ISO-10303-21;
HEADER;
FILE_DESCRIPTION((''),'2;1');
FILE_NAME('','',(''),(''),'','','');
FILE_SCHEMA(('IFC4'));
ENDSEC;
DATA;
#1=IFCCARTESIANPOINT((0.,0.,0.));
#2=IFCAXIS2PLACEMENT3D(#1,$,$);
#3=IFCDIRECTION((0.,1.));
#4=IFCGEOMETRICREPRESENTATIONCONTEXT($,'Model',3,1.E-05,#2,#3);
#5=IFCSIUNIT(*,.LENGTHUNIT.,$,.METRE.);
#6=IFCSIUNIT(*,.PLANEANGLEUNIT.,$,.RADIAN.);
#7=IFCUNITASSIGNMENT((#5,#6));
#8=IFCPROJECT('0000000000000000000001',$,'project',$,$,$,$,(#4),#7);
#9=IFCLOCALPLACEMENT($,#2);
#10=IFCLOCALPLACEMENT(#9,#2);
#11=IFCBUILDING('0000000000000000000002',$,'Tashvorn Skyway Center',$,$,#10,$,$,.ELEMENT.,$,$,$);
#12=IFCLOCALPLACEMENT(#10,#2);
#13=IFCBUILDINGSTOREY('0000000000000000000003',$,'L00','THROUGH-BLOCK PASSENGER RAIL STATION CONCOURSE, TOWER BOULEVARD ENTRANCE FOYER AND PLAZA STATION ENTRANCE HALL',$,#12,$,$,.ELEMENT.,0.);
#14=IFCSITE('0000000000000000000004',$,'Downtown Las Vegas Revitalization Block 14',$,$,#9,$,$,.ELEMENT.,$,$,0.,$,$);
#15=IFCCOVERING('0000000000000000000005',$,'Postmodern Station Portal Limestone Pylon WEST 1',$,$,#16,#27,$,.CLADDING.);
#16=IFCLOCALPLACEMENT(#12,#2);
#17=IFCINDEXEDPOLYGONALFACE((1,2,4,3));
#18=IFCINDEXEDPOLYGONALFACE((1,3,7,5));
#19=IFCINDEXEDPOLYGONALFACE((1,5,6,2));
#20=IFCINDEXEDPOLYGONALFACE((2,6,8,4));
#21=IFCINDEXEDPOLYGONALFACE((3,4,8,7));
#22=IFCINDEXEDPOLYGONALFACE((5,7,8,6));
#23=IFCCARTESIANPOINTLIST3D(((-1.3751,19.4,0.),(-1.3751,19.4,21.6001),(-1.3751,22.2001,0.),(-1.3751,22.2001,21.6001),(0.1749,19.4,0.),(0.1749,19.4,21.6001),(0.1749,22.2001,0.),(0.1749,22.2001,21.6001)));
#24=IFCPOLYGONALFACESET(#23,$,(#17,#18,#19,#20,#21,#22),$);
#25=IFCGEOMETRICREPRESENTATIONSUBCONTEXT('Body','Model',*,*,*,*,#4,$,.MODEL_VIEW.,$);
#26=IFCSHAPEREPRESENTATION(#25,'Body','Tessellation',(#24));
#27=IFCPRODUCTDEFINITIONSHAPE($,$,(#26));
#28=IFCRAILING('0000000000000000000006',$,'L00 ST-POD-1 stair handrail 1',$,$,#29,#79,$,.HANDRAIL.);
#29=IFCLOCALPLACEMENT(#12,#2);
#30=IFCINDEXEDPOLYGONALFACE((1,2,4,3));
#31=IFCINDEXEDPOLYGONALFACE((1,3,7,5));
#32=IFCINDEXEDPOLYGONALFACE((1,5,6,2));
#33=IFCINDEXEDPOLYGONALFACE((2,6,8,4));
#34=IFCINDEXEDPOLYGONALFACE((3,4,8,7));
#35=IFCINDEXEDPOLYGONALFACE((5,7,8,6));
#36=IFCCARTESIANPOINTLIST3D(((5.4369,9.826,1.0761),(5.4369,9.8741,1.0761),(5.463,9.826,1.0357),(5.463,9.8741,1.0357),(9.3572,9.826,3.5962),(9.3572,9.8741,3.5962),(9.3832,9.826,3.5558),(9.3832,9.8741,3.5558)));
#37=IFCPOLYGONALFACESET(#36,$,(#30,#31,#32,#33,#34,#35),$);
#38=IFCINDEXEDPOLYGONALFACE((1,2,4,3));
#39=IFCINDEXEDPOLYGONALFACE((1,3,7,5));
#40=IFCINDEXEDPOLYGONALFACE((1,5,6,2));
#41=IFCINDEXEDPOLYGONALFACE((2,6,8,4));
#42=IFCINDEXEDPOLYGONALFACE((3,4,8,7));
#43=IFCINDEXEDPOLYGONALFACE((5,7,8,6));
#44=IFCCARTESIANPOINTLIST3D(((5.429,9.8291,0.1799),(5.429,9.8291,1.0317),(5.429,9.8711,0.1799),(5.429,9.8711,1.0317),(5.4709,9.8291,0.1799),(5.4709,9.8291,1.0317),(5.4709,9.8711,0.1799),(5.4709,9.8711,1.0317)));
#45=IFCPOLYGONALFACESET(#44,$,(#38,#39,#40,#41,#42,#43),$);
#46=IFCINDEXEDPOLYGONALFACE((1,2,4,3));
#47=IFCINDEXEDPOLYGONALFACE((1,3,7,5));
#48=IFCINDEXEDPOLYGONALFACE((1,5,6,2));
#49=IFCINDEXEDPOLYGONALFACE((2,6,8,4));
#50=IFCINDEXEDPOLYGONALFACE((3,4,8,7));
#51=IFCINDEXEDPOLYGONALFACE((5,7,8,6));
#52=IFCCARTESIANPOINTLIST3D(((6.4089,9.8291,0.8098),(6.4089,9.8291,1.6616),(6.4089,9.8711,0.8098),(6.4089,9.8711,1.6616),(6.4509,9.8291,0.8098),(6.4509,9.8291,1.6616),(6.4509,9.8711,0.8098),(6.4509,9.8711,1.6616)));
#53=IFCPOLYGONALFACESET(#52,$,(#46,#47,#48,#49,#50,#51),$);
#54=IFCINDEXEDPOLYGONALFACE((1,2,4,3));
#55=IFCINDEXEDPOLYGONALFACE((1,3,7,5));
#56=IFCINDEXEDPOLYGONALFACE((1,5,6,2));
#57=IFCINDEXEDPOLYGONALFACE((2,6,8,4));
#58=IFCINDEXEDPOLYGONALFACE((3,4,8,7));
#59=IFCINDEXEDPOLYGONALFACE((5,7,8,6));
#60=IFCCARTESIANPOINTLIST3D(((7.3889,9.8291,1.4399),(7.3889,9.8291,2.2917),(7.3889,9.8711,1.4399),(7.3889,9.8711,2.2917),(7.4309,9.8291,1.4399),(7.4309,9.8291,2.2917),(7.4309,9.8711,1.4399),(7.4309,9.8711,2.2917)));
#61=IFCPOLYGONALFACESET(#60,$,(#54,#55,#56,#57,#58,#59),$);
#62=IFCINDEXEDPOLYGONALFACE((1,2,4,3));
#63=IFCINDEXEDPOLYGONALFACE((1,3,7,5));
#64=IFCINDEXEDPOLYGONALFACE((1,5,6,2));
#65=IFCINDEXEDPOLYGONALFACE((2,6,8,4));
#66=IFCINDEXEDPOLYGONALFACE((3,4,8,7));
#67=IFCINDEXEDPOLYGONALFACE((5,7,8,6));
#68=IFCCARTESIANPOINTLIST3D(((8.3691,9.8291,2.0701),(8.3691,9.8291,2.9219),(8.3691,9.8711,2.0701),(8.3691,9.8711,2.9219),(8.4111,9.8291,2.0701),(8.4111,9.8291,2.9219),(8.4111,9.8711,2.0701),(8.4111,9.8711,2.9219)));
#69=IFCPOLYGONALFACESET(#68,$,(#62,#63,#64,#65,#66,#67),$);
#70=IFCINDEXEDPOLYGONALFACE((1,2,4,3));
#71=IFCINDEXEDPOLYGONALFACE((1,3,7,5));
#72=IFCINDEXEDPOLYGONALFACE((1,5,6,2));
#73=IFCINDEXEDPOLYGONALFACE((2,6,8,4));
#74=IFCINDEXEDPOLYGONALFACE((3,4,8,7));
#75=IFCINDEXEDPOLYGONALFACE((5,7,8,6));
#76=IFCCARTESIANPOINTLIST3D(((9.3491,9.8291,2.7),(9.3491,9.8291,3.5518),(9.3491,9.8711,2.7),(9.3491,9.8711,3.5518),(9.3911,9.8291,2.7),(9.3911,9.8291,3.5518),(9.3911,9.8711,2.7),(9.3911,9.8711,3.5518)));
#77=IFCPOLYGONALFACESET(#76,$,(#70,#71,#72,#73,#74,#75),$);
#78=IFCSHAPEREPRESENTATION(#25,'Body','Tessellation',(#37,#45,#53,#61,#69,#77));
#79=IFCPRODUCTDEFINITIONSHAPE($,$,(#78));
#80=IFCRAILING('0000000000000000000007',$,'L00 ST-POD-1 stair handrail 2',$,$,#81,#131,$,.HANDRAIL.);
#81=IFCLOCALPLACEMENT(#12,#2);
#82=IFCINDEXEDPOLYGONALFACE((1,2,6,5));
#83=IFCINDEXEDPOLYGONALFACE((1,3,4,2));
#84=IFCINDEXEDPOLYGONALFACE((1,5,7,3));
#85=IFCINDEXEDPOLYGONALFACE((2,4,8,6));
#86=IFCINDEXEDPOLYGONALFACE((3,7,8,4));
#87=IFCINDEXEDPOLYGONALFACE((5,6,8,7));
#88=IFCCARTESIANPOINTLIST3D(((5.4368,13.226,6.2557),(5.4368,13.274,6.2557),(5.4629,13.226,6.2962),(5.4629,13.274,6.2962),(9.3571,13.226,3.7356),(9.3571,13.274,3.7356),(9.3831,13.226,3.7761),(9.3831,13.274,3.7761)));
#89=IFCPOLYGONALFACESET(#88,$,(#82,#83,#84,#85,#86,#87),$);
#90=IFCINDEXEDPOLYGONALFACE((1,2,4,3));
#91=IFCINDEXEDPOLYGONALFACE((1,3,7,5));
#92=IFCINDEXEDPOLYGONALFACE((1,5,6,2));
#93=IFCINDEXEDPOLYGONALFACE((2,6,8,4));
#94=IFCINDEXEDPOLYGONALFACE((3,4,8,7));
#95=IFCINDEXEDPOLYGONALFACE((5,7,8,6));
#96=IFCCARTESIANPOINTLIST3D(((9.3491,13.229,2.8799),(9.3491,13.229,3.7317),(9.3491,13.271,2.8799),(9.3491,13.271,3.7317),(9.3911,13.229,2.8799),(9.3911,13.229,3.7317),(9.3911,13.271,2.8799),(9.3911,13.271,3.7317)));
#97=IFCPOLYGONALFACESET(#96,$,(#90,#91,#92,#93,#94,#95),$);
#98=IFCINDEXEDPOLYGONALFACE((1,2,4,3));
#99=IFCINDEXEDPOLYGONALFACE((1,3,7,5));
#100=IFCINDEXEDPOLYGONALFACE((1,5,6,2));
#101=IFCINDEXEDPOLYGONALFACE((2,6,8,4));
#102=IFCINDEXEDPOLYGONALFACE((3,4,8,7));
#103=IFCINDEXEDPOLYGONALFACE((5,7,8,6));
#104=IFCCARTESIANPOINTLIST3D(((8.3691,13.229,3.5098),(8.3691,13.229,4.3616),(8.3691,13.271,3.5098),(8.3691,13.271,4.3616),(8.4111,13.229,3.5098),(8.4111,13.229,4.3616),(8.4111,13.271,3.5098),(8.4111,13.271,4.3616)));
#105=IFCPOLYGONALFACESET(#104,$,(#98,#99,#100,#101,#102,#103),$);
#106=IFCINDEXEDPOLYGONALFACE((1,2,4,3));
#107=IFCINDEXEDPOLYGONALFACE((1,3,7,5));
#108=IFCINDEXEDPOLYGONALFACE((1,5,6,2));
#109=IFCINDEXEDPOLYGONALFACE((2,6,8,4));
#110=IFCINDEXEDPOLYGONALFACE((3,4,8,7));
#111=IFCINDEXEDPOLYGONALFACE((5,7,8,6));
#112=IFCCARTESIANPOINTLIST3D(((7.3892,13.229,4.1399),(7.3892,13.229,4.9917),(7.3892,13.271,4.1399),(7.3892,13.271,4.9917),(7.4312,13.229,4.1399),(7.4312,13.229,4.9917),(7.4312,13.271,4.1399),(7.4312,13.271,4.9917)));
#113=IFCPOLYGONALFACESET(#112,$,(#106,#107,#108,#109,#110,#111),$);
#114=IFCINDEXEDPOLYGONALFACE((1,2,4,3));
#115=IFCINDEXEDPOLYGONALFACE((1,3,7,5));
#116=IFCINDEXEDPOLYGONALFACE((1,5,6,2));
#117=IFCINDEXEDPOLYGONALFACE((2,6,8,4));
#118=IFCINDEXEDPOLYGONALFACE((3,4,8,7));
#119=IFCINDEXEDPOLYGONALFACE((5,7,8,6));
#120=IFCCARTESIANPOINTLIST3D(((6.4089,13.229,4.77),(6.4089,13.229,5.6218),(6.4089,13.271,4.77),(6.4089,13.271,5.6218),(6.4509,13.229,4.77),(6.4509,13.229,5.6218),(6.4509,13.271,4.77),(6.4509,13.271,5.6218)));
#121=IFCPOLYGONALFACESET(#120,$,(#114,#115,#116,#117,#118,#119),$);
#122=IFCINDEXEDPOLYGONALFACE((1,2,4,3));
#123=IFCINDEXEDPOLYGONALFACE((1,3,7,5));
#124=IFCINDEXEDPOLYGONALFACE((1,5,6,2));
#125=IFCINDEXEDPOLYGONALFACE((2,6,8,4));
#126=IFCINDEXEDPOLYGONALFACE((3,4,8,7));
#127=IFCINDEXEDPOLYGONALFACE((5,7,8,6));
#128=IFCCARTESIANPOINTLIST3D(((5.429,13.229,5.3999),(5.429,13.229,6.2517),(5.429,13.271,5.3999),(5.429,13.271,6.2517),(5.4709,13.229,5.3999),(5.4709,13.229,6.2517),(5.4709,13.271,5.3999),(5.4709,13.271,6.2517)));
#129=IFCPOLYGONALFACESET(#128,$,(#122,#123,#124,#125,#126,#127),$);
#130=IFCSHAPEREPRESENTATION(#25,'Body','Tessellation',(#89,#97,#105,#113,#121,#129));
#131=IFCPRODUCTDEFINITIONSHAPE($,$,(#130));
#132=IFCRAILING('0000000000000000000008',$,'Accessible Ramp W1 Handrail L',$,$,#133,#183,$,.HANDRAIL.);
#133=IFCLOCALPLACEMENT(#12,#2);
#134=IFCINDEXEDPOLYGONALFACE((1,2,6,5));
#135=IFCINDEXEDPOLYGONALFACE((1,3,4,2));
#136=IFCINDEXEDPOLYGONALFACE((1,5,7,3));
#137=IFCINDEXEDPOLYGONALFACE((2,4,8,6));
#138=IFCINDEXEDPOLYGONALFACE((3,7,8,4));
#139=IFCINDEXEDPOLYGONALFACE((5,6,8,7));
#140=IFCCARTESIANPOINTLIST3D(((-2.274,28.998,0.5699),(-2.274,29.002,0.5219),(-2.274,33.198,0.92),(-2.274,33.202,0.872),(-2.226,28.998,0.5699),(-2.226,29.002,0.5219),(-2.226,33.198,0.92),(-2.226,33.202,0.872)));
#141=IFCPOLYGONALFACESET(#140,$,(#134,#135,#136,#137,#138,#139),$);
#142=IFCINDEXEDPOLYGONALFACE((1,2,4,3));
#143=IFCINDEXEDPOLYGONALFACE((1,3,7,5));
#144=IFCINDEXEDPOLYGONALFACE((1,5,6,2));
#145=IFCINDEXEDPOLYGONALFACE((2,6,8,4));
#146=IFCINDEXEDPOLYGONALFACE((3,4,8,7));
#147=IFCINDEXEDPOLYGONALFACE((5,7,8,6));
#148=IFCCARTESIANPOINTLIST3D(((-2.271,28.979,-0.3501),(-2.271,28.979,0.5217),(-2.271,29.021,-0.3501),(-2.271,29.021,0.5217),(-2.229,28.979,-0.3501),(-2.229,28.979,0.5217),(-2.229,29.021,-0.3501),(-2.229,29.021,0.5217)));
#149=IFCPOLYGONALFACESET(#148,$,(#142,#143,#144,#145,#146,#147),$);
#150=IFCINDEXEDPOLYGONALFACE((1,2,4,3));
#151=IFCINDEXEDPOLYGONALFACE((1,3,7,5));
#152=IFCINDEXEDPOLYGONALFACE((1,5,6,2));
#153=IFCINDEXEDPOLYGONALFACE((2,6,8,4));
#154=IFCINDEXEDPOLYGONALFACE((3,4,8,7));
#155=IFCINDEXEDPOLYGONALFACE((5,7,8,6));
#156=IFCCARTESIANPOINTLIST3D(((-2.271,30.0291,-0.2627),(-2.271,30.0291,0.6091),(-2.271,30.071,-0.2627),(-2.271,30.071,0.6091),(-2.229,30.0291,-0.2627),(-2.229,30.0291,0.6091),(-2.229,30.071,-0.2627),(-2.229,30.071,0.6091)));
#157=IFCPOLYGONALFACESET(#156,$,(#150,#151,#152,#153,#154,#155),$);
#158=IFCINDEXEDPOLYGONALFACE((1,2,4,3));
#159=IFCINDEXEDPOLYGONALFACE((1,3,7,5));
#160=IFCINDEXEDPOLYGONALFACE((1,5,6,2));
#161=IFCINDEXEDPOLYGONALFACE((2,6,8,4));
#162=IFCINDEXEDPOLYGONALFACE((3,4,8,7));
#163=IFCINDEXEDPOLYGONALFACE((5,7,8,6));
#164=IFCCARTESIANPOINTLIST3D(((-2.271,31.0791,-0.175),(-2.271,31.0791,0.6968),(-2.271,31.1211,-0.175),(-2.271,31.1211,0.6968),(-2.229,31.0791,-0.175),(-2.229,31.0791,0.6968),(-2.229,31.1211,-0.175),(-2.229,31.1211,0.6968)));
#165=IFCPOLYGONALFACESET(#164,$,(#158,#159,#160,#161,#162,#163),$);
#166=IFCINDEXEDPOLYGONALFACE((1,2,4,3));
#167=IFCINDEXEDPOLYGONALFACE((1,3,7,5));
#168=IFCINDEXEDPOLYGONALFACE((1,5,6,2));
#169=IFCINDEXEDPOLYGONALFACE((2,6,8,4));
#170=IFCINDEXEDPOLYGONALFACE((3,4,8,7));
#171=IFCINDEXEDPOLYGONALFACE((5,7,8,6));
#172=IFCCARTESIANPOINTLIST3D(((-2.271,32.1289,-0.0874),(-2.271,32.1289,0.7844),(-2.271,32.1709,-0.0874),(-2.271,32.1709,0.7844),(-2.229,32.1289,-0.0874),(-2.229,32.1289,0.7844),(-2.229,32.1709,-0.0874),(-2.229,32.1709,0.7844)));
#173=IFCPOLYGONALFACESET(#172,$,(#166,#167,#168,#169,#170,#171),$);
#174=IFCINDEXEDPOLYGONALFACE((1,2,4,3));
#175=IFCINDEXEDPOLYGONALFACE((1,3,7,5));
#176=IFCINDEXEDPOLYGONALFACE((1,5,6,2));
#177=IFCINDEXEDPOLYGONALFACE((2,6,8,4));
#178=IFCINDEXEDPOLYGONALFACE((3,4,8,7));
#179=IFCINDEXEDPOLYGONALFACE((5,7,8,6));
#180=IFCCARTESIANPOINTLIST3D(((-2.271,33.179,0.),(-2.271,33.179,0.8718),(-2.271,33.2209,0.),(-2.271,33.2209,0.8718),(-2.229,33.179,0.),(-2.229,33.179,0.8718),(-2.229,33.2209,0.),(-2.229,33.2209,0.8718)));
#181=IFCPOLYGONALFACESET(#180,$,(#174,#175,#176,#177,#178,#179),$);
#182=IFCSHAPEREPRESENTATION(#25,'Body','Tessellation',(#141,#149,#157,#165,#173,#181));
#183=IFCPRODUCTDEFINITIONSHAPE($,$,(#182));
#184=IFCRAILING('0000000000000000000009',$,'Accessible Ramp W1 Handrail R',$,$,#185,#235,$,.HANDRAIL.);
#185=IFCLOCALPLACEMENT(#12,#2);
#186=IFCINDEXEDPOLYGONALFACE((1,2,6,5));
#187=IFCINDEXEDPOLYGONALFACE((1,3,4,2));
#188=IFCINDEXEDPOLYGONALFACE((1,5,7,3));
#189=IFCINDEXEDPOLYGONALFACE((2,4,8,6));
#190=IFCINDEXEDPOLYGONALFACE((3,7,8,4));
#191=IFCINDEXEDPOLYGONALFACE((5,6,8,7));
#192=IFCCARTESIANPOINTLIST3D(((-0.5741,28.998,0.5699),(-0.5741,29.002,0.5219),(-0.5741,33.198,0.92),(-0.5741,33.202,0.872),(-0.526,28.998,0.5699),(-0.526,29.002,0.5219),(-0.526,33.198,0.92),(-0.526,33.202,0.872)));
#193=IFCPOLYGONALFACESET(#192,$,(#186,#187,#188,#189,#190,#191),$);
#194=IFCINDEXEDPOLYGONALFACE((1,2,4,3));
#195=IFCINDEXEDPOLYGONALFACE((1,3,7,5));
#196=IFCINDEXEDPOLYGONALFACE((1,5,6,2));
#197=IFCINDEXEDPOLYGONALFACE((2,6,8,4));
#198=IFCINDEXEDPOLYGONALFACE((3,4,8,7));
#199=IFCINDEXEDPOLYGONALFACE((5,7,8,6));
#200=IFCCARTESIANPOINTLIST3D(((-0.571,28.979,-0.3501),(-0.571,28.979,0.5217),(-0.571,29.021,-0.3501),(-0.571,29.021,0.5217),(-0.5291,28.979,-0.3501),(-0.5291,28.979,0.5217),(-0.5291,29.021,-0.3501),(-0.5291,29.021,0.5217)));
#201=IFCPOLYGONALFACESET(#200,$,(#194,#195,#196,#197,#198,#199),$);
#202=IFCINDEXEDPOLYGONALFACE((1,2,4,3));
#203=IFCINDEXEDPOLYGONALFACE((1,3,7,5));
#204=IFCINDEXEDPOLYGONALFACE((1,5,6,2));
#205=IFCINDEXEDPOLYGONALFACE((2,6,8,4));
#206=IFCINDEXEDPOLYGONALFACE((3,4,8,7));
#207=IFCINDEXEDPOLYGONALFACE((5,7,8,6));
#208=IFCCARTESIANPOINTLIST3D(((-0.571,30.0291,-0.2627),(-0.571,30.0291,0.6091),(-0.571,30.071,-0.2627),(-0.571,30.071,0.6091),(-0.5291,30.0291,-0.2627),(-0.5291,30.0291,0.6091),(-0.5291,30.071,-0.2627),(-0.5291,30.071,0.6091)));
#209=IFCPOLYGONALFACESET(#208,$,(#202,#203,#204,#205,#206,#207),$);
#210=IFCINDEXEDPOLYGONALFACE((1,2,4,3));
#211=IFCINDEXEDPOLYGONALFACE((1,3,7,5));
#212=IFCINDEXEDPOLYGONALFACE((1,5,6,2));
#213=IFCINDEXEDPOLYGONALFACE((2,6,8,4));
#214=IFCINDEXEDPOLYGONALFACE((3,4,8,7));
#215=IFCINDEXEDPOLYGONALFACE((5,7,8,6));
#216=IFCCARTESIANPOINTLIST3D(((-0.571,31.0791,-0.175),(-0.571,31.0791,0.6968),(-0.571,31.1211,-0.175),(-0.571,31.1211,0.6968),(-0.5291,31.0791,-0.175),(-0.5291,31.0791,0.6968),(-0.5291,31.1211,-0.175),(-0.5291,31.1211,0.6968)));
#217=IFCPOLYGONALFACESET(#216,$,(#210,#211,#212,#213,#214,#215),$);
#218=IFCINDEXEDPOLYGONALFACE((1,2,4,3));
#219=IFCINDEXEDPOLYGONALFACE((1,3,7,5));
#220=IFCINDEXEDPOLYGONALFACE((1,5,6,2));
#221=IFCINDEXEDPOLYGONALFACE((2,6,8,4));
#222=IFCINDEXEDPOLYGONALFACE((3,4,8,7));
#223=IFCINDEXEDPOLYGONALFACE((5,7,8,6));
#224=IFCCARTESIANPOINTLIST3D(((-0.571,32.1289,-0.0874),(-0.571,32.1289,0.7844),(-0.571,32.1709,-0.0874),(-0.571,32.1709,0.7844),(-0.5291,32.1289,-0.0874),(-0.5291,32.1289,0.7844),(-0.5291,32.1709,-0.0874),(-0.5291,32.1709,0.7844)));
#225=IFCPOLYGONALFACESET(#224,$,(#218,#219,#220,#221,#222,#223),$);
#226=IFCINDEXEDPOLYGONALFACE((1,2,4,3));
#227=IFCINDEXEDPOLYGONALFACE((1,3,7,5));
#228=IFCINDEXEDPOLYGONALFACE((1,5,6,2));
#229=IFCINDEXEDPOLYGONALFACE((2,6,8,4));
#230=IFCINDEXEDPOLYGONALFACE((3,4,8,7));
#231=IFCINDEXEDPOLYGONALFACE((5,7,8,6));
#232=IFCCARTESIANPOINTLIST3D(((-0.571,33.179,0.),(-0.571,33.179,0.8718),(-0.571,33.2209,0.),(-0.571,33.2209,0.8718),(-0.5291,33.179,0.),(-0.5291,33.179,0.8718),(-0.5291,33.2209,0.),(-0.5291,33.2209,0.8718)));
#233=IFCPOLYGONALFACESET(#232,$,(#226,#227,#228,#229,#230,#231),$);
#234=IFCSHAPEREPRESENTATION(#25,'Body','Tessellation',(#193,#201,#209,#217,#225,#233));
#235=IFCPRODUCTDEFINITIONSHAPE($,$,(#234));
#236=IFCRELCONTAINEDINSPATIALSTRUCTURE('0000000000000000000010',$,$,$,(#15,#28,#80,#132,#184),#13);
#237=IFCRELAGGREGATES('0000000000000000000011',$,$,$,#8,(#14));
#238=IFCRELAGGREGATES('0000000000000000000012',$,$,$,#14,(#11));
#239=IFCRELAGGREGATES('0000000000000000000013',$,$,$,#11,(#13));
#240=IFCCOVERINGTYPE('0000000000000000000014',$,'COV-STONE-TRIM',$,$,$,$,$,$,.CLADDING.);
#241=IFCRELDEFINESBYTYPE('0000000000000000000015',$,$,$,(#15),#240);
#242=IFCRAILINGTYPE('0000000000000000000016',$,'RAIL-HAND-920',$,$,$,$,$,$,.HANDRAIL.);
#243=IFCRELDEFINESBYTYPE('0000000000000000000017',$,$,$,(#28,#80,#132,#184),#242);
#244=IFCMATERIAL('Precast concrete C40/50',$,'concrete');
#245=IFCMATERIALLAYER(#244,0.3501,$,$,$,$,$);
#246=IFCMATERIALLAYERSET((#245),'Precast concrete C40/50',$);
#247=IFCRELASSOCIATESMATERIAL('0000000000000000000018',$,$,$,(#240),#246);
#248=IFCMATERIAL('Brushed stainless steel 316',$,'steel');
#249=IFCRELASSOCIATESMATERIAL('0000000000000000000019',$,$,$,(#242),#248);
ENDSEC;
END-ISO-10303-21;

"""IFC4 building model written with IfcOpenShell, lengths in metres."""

from ifc_helpers import new_model, si_unit, direction, frame, origin, origin_2d, place, context, subcontext, project, spatial, rectangle, extrude, material, layer, layer_set, type_object, element, save


model = new_model("IFC4")

# Units and contexts
model_context = context("Model", 3, precision=1e-05, world=origin(), true_north=direction((0.0, 1.0)))
body_context = subcontext(model_context, "Body", "Model", "MODEL_VIEW")
ifc_project = project(units=[si_unit("LENGTHUNIT", "METRE"), si_unit("PLANEANGLEUNIT", "RADIAN")], contexts=[model_context])

# Site, building, storey
site_placement = place(None, origin())
site = spatial("IfcSite", under=ifc_project, at=site_placement, Name="Downtown Las Vegas Revitalization Block 14", CompositionType="ELEMENT", RefElevation=0.0)
building_placement = place(site_placement, origin())
building = spatial("IfcBuilding", under=site, at=building_placement, Name="Tashvorn Skyway Center", CompositionType="ELEMENT")
storey_placement = place(building_placement, origin())
storey = spatial("IfcBuildingStorey", under=building, at=storey_placement, Name="L00", Description="THROUGH-BLOCK PASSENGER RAIL STATION CONCOURSE, TOWER BOULEVARD ENTRANCE FOYER AND PLAZA STATION ENTRANCE HALL", CompositionType="ELEMENT", Elevation=0.0)

# Shared definitions
ifc_material_1 = material(Name="Precast concrete C40/50", Category="concrete")

# Covering
ifc_layer_1 = layer(ifc_material_1, 0.3501)
ifc_layer_set_1 = layer_set([ifc_layer_1], Name="Precast concrete C40/50")
covering_type = type_object("IfcCoveringType", Name="COV-STONE-TRIM", PredefinedType="CLADDING", material=ifc_layer_set_1)
covering_1_placement = place(storey_placement, frame((-0.6001, 20.8, 0.0), z_axis=(0.0, 0.0, 1.0), x_axis=(1.0, 0.0, 0.0)))
element("IfcCovering", 1, at=covering_1_placement, inside=storey, type_object=covering_type, Name="Postmodern Station Portal Limestone Pylon WEST 1", PredefinedType="CLADDING", context=body_context, shape_type="SweptSolid", body=[
    extrude(rectangle(XDim=1.55, YDim=2.8, at=origin_2d()), origin(), (0.0, 0.0, 1.0), 21.6001),
])

# Railings
ifc_material_2 = material(Name="Brushed stainless steel 316", Category="steel")
railing_type_1 = type_object("IfcRailingType", Name="RAIL-HAND-920", PredefinedType="HANDRAIL", material=ifc_material_2)
railing_1_placement = place(storey_placement, frame((5.45, 9.8501, 0.1799)))
element("IfcRailing", 2, at=railing_1_placement, inside=storey, type_object=railing_type_1, Name="L00 ST-POD-1 stair handrail 1", PredefinedType="HANDRAIL", context=body_context, shape_type="SweptSolid", body=[
    extrude(rectangle(XDim=0.0481, YDim=0.0481, at=origin_2d()), frame((0.0, 0.0, 0.876), z_axis=(0.841187, 0.0, 0.540744), x_axis=(0.0, 1.0, 0.0)), (0.0, 0.0, 1.0), 4.6604),
    extrude(rectangle(XDim=0.042, YDim=0.042, at=origin_2d()), origin(), (0.0, 0.0, 1.0), 0.8518),
    extrude(rectangle(XDim=0.042, YDim=0.042, at=origin_2d()), frame((0.98, 0.0, 0.6299)), (0.0, 0.0, 1.0), 0.8518),
    extrude(rectangle(XDim=0.042, YDim=0.042, at=origin_2d()), frame((1.96, 0.0, 1.26)), (0.0, 0.0, 1.0), 0.8518),
    extrude(rectangle(XDim=0.042, YDim=0.042, at=origin_2d()), frame((2.9402, 0.0, 1.8901)), (0.0, 0.0, 1.0), 0.8518),
    extrude(rectangle(XDim=0.042, YDim=0.042, at=origin_2d()), frame((3.9202, 0.0, 2.52)), (0.0, 0.0, 1.0), 0.8518),
])
railing_2_placement = place(storey_placement, frame((9.3701, 13.25, 2.8799)))
element("IfcRailing", 3, at=railing_2_placement, inside=storey, type_object=railing_type_1, Name="L00 ST-POD-1 stair handrail 2", PredefinedType="HANDRAIL", context=body_context, shape_type="SweptSolid", body=[
    extrude(rectangle(XDim=0.0481, YDim=0.0481, at=origin_2d()), frame((0.0, 0.0, 0.876), z_axis=(-0.841187, 0.0, 0.540744), x_axis=(0.0, -1.0, 0.0)), (0.0, 0.0, 1.0), 4.6604),
    extrude(rectangle(XDim=0.042, YDim=0.042, at=origin_2d()), origin(), (0.0, 0.0, 1.0), 0.8518),
    extrude(rectangle(XDim=0.042, YDim=0.042, at=origin_2d()), frame((-0.98, 0.0, 0.6299)), (0.0, 0.0, 1.0), 0.8518),
    extrude(rectangle(XDim=0.042, YDim=0.042, at=origin_2d()), frame((-1.96, 0.0, 1.26)), (0.0, 0.0, 1.0), 0.8518),
    extrude(rectangle(XDim=0.042, YDim=0.042, at=origin_2d()), frame((-2.9402, 0.0, 1.8901)), (0.0, 0.0, 1.0), 0.8518),
    extrude(rectangle(XDim=0.042, YDim=0.042, at=origin_2d()), frame((-3.9202, 0.0, 2.52)), (0.0, 0.0, 1.0), 0.8518),
])
for number, where, name in (
    (4, (-2.25, 29.0, -0.3501), "Accessible Ramp W1 Handrail L"),
    (5, (-0.55, 29.0, -0.3501), "Accessible Ramp W1 Handrail R"),
):
    element("IfcRailing", number, at=place(storey_placement, frame(where)), inside=storey, type_object=railing_type_1, Name=name, PredefinedType="HANDRAIL", context=body_context, shape_type="SweptSolid", body=[
        extrude(rectangle(XDim=0.0481, YDim=0.0481, at=origin_2d()), frame((0.0, 0.0, 0.896), z_axis=(0.0, 0.996544, 0.083069), x_axis=(-1.0, 0.0, 0.0)), (0.0, 0.0, 1.0), 4.2146),
        extrude(rectangle(XDim=0.042, YDim=0.042, at=origin_2d()), origin(), (0.0, 0.0, 1.0), 0.8718),
        extrude(rectangle(XDim=0.042, YDim=0.042, at=origin_2d()), frame((0.0, 1.05, 0.0874)), (0.0, 0.0, 1.0), 0.8718),
        extrude(rectangle(XDim=0.042, YDim=0.042, at=origin_2d()), frame((0.0, 2.1001, 0.175)), (0.0, 0.0, 1.0), 0.8718),
        extrude(rectangle(XDim=0.042, YDim=0.042, at=origin_2d()), frame((0.0, 3.1499, 0.2627)), (0.0, 0.0, 1.0), 0.8718),
        extrude(rectangle(XDim=0.042, YDim=0.042, at=origin_2d()), frame((0.0, 4.2, 0.3501)), (0.0, 0.0, 1.0), 0.8718),
    ])

save(model, "model.ifc")
